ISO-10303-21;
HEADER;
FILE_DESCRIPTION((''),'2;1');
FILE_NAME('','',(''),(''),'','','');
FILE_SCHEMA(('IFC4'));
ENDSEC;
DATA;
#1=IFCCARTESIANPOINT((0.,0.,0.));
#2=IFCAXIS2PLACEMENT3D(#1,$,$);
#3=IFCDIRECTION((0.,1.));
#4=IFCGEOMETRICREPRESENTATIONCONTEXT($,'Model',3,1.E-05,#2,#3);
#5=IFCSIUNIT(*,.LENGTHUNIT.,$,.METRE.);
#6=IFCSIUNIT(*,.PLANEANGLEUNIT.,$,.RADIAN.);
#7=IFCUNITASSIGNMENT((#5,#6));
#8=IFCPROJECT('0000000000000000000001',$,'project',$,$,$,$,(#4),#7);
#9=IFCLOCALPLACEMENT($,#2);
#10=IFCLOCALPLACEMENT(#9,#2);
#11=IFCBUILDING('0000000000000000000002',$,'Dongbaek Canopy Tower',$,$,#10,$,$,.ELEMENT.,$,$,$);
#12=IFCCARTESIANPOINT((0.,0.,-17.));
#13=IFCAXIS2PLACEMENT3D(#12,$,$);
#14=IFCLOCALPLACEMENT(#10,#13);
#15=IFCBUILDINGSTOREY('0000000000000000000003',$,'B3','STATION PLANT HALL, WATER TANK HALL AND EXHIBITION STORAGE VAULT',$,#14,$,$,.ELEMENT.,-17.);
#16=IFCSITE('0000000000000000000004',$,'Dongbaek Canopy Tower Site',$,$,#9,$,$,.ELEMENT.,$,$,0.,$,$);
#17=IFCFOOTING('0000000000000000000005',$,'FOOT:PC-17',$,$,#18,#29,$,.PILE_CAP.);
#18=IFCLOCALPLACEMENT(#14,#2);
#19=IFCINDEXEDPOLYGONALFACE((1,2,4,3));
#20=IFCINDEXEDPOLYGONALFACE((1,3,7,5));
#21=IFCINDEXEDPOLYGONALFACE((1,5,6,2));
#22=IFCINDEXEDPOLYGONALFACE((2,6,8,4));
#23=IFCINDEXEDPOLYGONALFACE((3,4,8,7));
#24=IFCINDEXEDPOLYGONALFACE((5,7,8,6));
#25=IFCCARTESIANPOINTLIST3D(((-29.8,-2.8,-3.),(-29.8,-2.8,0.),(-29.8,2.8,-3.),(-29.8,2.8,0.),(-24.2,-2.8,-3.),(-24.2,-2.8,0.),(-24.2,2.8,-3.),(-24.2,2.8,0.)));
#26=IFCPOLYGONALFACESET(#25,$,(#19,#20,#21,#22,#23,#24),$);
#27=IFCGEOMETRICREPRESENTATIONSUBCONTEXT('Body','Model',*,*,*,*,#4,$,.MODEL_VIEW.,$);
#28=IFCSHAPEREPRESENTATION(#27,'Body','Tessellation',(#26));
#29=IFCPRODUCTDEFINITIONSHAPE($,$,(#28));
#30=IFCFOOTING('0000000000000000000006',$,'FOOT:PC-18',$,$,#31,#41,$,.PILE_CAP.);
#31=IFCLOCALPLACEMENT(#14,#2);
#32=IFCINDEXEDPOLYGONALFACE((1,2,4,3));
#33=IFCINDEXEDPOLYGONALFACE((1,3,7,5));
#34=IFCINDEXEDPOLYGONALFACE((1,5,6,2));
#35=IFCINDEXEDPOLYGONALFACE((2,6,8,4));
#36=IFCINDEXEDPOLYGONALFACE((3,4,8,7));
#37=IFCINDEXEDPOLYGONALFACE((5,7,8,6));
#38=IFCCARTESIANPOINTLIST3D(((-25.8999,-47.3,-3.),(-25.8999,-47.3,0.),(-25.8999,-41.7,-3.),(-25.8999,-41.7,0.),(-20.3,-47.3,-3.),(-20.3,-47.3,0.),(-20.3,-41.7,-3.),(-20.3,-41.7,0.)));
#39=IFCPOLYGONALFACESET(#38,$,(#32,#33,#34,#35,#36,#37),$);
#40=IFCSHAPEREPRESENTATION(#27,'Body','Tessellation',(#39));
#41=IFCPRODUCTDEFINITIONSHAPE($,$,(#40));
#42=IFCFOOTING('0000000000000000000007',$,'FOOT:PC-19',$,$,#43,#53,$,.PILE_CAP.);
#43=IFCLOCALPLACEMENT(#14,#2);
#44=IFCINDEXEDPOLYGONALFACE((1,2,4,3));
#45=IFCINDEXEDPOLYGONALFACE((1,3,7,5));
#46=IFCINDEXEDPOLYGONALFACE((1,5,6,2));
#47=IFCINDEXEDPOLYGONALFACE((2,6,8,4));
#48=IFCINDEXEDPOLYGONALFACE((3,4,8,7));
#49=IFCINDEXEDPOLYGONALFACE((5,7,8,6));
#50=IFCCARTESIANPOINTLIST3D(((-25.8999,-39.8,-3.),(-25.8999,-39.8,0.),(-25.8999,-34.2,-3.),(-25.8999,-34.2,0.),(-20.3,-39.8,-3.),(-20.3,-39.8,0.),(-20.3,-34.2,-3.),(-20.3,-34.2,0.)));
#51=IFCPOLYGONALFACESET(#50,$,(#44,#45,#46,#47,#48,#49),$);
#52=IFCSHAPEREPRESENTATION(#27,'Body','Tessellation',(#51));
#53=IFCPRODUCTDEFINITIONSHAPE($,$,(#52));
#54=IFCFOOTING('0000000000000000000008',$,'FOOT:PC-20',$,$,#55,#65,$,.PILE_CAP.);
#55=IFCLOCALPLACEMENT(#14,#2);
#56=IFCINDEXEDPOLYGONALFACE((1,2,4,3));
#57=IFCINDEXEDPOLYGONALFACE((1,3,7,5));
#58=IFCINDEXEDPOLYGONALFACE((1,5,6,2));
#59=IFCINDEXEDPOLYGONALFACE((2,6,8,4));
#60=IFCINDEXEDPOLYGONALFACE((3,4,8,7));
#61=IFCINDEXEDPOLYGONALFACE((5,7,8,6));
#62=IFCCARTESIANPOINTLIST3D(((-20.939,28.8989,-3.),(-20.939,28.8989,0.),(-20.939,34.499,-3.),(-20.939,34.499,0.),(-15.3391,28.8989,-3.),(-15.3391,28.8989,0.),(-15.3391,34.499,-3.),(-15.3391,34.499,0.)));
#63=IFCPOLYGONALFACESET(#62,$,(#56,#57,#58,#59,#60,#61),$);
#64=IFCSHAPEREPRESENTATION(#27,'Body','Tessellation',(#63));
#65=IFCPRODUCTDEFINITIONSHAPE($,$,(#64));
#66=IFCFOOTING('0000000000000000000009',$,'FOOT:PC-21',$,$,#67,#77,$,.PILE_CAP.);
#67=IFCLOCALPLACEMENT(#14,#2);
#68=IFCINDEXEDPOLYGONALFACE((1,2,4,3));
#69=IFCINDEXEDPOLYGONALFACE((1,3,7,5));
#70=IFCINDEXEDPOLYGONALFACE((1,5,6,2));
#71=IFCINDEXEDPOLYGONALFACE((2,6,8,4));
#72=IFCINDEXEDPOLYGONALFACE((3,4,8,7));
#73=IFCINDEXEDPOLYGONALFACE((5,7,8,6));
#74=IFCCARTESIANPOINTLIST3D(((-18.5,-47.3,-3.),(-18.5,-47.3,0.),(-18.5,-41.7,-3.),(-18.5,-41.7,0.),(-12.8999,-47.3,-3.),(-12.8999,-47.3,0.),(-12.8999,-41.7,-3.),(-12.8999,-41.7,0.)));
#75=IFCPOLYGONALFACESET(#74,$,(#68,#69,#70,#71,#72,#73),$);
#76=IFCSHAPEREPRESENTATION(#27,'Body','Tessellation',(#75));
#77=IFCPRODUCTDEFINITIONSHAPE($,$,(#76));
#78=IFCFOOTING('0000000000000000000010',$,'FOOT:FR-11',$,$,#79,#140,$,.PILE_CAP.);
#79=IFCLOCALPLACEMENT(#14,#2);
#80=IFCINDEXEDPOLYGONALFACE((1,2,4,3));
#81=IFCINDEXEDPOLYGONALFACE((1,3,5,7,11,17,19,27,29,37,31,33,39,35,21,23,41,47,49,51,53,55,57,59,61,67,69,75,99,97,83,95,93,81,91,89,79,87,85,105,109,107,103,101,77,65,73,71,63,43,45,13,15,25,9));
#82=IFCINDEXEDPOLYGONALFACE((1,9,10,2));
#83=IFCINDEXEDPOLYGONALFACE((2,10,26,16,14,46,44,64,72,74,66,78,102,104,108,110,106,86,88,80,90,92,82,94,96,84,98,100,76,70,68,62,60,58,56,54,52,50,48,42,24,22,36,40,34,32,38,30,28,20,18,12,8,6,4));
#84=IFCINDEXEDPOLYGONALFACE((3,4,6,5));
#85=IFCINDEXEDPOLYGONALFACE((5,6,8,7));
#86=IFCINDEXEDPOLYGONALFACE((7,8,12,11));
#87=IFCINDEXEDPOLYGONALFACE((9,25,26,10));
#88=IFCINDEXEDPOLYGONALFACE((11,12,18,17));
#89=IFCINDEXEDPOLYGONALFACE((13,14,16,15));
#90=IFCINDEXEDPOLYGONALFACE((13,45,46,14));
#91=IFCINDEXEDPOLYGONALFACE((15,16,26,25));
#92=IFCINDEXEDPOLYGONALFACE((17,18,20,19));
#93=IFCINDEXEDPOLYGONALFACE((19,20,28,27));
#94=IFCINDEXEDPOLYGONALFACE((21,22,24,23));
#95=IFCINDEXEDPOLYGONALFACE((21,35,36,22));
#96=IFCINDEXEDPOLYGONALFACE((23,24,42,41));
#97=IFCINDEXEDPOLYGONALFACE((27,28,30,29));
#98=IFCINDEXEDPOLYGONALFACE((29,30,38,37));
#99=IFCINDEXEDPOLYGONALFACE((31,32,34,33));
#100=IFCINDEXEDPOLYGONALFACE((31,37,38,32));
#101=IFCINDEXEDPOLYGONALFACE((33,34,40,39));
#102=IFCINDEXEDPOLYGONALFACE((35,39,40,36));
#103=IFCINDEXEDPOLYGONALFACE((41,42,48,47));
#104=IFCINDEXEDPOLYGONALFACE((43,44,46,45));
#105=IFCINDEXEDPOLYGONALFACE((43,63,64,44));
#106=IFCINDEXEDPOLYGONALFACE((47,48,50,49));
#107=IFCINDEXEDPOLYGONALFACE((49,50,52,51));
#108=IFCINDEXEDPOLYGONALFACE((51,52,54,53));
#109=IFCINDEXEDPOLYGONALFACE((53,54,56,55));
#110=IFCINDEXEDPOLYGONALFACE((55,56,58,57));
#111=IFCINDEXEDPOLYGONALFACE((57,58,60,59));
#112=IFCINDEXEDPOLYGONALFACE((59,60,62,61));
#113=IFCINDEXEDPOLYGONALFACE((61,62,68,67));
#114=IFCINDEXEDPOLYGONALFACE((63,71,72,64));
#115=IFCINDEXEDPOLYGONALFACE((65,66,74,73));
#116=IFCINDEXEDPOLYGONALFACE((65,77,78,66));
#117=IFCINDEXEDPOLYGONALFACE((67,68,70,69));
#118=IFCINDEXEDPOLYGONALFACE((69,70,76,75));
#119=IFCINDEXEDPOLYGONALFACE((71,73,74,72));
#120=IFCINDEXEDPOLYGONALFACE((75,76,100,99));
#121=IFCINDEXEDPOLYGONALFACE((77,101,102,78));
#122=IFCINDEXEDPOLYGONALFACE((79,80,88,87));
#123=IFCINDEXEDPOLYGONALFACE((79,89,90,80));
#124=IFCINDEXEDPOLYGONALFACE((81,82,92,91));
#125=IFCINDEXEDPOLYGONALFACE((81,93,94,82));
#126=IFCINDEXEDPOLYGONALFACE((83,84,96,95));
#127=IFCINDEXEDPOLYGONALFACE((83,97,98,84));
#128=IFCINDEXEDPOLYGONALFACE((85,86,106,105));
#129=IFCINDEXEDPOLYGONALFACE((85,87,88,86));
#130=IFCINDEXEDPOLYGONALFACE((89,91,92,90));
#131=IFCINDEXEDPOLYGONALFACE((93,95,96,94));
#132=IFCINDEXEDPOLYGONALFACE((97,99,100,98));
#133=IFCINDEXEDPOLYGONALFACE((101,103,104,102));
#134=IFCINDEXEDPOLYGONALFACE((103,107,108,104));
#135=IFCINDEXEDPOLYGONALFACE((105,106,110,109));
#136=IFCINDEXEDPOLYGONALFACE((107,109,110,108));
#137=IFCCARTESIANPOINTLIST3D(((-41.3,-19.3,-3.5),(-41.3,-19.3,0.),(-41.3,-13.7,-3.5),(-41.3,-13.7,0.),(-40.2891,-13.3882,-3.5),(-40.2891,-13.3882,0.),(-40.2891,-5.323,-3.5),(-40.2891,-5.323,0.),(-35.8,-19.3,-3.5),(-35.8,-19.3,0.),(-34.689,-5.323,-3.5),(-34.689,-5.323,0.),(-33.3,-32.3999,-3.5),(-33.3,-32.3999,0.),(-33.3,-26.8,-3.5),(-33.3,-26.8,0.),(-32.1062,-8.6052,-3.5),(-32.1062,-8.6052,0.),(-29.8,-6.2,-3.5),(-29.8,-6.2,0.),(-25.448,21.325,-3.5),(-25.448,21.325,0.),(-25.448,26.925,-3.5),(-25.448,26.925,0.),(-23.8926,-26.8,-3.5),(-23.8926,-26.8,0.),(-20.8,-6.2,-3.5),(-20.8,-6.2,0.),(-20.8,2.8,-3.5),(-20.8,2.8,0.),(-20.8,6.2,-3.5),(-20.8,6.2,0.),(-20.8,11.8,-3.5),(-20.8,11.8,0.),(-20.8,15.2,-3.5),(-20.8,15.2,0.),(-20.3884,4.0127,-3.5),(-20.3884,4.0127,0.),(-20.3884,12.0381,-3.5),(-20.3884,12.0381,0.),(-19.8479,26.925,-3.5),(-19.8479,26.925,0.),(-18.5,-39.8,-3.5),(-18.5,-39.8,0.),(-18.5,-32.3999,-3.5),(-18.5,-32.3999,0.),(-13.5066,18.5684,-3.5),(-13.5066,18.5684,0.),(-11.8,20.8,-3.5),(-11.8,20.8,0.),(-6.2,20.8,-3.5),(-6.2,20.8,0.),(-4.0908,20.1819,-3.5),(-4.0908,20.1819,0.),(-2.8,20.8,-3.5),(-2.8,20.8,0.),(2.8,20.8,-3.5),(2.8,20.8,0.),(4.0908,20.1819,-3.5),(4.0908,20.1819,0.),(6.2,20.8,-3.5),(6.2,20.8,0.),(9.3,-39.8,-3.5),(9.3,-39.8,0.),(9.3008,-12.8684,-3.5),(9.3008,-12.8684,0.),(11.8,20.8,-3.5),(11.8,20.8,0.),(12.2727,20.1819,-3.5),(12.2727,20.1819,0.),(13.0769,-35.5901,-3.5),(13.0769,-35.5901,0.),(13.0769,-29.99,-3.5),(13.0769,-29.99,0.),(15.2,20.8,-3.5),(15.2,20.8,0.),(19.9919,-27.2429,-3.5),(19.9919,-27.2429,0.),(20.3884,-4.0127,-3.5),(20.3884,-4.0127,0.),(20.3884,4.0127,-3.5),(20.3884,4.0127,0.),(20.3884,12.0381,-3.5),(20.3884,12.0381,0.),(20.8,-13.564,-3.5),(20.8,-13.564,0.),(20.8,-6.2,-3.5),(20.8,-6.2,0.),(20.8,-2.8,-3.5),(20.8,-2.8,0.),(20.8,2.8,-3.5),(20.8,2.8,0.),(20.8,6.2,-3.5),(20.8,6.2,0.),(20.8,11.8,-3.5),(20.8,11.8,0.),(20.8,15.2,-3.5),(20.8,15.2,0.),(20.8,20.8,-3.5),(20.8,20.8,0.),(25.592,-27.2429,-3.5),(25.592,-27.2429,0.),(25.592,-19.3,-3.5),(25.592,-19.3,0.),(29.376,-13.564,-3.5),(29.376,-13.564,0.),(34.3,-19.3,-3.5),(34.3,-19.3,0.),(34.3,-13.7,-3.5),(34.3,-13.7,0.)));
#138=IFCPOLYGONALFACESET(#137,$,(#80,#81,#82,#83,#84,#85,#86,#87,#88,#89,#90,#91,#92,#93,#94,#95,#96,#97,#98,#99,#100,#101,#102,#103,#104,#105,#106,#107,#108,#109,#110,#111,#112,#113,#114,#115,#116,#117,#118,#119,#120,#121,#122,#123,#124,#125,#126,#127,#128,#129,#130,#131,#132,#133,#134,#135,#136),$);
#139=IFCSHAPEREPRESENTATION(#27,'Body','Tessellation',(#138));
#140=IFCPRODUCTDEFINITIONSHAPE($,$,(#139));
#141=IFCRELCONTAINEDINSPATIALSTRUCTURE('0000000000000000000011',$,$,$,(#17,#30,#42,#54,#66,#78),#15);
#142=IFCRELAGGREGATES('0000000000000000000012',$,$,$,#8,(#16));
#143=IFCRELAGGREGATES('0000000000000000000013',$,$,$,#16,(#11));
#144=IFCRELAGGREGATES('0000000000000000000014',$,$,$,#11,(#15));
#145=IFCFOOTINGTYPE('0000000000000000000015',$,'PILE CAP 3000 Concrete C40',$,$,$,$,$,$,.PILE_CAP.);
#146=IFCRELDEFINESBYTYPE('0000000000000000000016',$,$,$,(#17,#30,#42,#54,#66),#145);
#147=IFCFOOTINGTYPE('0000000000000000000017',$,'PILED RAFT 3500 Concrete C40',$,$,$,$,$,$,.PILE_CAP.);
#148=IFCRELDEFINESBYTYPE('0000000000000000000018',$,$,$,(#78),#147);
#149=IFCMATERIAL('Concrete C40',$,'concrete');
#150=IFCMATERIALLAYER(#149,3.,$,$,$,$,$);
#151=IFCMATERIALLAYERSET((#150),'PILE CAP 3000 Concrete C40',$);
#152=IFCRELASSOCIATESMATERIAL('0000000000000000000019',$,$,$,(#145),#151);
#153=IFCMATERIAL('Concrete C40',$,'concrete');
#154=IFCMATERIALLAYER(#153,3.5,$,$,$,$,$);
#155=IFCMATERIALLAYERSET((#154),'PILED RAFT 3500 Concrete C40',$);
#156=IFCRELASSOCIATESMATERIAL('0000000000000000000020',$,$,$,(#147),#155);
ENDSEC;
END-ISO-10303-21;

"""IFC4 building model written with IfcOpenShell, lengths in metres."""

from ifc_helpers import new_model, si_unit, direction, frame, origin, place, context, subcontext, project, spatial, polyline, outline, extrude, material, layer, layer_set, type_object, element, save


model = new_model("IFC4")

# Units and contexts
model_context = context("Model", 3, precision=1e-05, world=origin(), true_north=direction((0.0, 1.0)))
body_context = subcontext(model_context, "Body", "Model", "MODEL_VIEW")
ifc_project = project(units=[si_unit("LENGTHUNIT", "METRE"), si_unit("PLANEANGLEUNIT", "RADIAN")], contexts=[model_context])

# Site, building, storey
site_placement = place(None, origin())
site = spatial("IfcSite", under=ifc_project, at=site_placement, Name="Dongbaek Canopy Tower Site", CompositionType="ELEMENT", RefElevation=0.0)
building_placement = place(site_placement, origin())
building = spatial("IfcBuilding", under=site, at=building_placement, Name="Dongbaek Canopy Tower", CompositionType="ELEMENT")
storey_placement = place(building_placement, frame((0.0, 0.0, -17.0)))
storey = spatial("IfcBuildingStorey", under=building, at=storey_placement, Name="B3", Description="STATION PLANT HALL, WATER TANK HALL AND EXHIBITION STORAGE VAULT", CompositionType="ELEMENT", Elevation=-17.0)

# Footings
ifc_material_1 = material(Name="Concrete C40", Category="concrete")
ifc_layer_1 = layer(ifc_material_1, 3.0)
ifc_layer_set_1 = layer_set([ifc_layer_1], Name="PILE CAP 3000 Concrete C40")
footing_type_1 = type_object("IfcFootingType", Name="PILE CAP 3000 Concrete C40", PredefinedType="PILE_CAP", material=ifc_layer_set_1)
footing_1_placement = place(storey_placement, frame((0.0, 0.0, -3.0)))
element("IfcFooting", 1, at=footing_1_placement, inside=storey, type_object=footing_type_1, Name="FOOT:PC-17", PredefinedType="PILE_CAP", context=body_context, shape_type="SweptSolid", body=[
    extrude(outline(polyline([(-24.2, -2.8), (-24.2, 2.8), (-29.8, 2.8), (-29.8, -2.8), (-24.2, -2.8)])), origin(), (0.0, 0.0, 1.0), 3.0),
])
footing_2_placement = place(storey_placement, frame((0.0, 0.0, -3.0)))
element("IfcFooting", 2, at=footing_2_placement, inside=storey, type_object=footing_type_1, Name="FOOT:PC-18", PredefinedType="PILE_CAP", context=body_context, shape_type="SweptSolid", body=[
    extrude(outline(polyline([(-20.3, -47.3), (-20.3, -41.7), (-25.8999, -41.7), (-25.8999, -47.3), (-20.3, -47.3)])), origin(), (0.0, 0.0, 1.0), 3.0),
])
footing_3_placement = place(storey_placement, frame((0.0, 0.0, -3.0)))
element("IfcFooting", 3, at=footing_3_placement, inside=storey, type_object=footing_type_1, Name="FOOT:PC-19", PredefinedType="PILE_CAP", context=body_context, shape_type="SweptSolid", body=[
    extrude(outline(polyline([(-20.3, -39.8), (-20.3, -34.2), (-25.8999, -34.2), (-25.8999, -39.8), (-20.3, -39.8)])), origin(), (0.0, 0.0, 1.0), 3.0),
])
footing_4_placement = place(storey_placement, frame((0.0, 0.0, -3.0)))
element("IfcFooting", 4, at=footing_4_placement, inside=storey, type_object=footing_type_1, Name="FOOT:PC-20", PredefinedType="PILE_CAP", context=body_context, shape_type="SweptSolid", body=[
    extrude(outline(polyline([(-15.3391, 28.8989), (-15.3391, 34.499), (-20.939, 34.499), (-20.939, 28.8989), (-15.3391, 28.8989)])), origin(), (0.0, 0.0, 1.0), 3.0),
])
footing_5_placement = place(storey_placement, frame((0.0, 0.0, -3.0)))
element("IfcFooting", 5, at=footing_5_placement, inside=storey, type_object=footing_type_1, Name="FOOT:PC-21", PredefinedType="PILE_CAP", context=body_context, shape_type="SweptSolid", body=[
    extrude(outline(polyline([(-12.8999, -47.3), (-12.8999, -41.7), (-18.5, -41.7), (-18.5, -47.3), (-12.8999, -47.3)])), origin(), (0.0, 0.0, 1.0), 3.0),
])
ifc_material_2 = material(Name="Concrete C40", Category="concrete")
ifc_layer_2 = layer(ifc_material_2, 3.5)
ifc_layer_set_2 = layer_set([ifc_layer_2], Name="PILED RAFT 3500 Concrete C40")
footing_type_2 = type_object("IfcFootingType", Name="PILED RAFT 3500 Concrete C40", PredefinedType="PILE_CAP", material=ifc_layer_set_2)
footing_6_placement = place(storey_placement, frame((0.0, 0.0, -3.5)))
element("IfcFooting", 6, at=footing_6_placement, inside=storey, type_object=footing_type_2, Name="FOOT:FR-11", PredefinedType="PILE_CAP", context=body_context, shape_type="SweptSolid", body=[
    extrude(outline(polyline([(-41.3, -13.7), (-40.2891, -13.3882), (-40.2891, -5.323), (-34.689, -5.323), (-32.1062, -8.6052), (-29.8, -6.2), (-20.8, -6.2), (-20.8, 2.8), (-20.3884, 4.0127), (-20.8, 6.2), (-20.8, 11.8), (-20.3884, 12.0381), (-20.8, 15.2), (-25.448, 21.325), (-25.448, 26.925), (-19.8479, 26.925), (-13.5066, 18.5684), (-11.8, 20.8), (-6.2, 20.8), (-4.0908, 20.1819), (-2.8, 20.8), (2.8, 20.8), (4.0908, 20.1819), (6.2, 20.8), (11.8, 20.8), (12.2727, 20.1819), (15.2, 20.8), (20.8, 20.8), (20.8, 15.2), (20.3884, 12.0381), (20.8, 11.8), (20.8, 6.2), (20.3884, 4.0127), (20.8, 2.8), (20.8, -2.8), (20.3884, -4.0127), (20.8, -6.2), (20.8, -13.564), (29.376, -13.564), (34.3, -13.7), (34.3, -19.3), (25.592, -19.3), (25.592, -27.2429), (19.9919, -27.2429), (9.3008, -12.8684), (13.0769, -29.99), (13.0769, -35.5901), (9.3, -39.8), (-18.5, -39.8), (-18.5, -32.3999), (-33.3, -32.3999), (-33.3, -26.8), (-23.8926, -26.8), (-35.8, -19.3), (-41.3, -19.3), (-41.3, -13.7)])), origin(), (0.0, 0.0, 1.0), 3.5),
])

save(model, "model.ifc")
